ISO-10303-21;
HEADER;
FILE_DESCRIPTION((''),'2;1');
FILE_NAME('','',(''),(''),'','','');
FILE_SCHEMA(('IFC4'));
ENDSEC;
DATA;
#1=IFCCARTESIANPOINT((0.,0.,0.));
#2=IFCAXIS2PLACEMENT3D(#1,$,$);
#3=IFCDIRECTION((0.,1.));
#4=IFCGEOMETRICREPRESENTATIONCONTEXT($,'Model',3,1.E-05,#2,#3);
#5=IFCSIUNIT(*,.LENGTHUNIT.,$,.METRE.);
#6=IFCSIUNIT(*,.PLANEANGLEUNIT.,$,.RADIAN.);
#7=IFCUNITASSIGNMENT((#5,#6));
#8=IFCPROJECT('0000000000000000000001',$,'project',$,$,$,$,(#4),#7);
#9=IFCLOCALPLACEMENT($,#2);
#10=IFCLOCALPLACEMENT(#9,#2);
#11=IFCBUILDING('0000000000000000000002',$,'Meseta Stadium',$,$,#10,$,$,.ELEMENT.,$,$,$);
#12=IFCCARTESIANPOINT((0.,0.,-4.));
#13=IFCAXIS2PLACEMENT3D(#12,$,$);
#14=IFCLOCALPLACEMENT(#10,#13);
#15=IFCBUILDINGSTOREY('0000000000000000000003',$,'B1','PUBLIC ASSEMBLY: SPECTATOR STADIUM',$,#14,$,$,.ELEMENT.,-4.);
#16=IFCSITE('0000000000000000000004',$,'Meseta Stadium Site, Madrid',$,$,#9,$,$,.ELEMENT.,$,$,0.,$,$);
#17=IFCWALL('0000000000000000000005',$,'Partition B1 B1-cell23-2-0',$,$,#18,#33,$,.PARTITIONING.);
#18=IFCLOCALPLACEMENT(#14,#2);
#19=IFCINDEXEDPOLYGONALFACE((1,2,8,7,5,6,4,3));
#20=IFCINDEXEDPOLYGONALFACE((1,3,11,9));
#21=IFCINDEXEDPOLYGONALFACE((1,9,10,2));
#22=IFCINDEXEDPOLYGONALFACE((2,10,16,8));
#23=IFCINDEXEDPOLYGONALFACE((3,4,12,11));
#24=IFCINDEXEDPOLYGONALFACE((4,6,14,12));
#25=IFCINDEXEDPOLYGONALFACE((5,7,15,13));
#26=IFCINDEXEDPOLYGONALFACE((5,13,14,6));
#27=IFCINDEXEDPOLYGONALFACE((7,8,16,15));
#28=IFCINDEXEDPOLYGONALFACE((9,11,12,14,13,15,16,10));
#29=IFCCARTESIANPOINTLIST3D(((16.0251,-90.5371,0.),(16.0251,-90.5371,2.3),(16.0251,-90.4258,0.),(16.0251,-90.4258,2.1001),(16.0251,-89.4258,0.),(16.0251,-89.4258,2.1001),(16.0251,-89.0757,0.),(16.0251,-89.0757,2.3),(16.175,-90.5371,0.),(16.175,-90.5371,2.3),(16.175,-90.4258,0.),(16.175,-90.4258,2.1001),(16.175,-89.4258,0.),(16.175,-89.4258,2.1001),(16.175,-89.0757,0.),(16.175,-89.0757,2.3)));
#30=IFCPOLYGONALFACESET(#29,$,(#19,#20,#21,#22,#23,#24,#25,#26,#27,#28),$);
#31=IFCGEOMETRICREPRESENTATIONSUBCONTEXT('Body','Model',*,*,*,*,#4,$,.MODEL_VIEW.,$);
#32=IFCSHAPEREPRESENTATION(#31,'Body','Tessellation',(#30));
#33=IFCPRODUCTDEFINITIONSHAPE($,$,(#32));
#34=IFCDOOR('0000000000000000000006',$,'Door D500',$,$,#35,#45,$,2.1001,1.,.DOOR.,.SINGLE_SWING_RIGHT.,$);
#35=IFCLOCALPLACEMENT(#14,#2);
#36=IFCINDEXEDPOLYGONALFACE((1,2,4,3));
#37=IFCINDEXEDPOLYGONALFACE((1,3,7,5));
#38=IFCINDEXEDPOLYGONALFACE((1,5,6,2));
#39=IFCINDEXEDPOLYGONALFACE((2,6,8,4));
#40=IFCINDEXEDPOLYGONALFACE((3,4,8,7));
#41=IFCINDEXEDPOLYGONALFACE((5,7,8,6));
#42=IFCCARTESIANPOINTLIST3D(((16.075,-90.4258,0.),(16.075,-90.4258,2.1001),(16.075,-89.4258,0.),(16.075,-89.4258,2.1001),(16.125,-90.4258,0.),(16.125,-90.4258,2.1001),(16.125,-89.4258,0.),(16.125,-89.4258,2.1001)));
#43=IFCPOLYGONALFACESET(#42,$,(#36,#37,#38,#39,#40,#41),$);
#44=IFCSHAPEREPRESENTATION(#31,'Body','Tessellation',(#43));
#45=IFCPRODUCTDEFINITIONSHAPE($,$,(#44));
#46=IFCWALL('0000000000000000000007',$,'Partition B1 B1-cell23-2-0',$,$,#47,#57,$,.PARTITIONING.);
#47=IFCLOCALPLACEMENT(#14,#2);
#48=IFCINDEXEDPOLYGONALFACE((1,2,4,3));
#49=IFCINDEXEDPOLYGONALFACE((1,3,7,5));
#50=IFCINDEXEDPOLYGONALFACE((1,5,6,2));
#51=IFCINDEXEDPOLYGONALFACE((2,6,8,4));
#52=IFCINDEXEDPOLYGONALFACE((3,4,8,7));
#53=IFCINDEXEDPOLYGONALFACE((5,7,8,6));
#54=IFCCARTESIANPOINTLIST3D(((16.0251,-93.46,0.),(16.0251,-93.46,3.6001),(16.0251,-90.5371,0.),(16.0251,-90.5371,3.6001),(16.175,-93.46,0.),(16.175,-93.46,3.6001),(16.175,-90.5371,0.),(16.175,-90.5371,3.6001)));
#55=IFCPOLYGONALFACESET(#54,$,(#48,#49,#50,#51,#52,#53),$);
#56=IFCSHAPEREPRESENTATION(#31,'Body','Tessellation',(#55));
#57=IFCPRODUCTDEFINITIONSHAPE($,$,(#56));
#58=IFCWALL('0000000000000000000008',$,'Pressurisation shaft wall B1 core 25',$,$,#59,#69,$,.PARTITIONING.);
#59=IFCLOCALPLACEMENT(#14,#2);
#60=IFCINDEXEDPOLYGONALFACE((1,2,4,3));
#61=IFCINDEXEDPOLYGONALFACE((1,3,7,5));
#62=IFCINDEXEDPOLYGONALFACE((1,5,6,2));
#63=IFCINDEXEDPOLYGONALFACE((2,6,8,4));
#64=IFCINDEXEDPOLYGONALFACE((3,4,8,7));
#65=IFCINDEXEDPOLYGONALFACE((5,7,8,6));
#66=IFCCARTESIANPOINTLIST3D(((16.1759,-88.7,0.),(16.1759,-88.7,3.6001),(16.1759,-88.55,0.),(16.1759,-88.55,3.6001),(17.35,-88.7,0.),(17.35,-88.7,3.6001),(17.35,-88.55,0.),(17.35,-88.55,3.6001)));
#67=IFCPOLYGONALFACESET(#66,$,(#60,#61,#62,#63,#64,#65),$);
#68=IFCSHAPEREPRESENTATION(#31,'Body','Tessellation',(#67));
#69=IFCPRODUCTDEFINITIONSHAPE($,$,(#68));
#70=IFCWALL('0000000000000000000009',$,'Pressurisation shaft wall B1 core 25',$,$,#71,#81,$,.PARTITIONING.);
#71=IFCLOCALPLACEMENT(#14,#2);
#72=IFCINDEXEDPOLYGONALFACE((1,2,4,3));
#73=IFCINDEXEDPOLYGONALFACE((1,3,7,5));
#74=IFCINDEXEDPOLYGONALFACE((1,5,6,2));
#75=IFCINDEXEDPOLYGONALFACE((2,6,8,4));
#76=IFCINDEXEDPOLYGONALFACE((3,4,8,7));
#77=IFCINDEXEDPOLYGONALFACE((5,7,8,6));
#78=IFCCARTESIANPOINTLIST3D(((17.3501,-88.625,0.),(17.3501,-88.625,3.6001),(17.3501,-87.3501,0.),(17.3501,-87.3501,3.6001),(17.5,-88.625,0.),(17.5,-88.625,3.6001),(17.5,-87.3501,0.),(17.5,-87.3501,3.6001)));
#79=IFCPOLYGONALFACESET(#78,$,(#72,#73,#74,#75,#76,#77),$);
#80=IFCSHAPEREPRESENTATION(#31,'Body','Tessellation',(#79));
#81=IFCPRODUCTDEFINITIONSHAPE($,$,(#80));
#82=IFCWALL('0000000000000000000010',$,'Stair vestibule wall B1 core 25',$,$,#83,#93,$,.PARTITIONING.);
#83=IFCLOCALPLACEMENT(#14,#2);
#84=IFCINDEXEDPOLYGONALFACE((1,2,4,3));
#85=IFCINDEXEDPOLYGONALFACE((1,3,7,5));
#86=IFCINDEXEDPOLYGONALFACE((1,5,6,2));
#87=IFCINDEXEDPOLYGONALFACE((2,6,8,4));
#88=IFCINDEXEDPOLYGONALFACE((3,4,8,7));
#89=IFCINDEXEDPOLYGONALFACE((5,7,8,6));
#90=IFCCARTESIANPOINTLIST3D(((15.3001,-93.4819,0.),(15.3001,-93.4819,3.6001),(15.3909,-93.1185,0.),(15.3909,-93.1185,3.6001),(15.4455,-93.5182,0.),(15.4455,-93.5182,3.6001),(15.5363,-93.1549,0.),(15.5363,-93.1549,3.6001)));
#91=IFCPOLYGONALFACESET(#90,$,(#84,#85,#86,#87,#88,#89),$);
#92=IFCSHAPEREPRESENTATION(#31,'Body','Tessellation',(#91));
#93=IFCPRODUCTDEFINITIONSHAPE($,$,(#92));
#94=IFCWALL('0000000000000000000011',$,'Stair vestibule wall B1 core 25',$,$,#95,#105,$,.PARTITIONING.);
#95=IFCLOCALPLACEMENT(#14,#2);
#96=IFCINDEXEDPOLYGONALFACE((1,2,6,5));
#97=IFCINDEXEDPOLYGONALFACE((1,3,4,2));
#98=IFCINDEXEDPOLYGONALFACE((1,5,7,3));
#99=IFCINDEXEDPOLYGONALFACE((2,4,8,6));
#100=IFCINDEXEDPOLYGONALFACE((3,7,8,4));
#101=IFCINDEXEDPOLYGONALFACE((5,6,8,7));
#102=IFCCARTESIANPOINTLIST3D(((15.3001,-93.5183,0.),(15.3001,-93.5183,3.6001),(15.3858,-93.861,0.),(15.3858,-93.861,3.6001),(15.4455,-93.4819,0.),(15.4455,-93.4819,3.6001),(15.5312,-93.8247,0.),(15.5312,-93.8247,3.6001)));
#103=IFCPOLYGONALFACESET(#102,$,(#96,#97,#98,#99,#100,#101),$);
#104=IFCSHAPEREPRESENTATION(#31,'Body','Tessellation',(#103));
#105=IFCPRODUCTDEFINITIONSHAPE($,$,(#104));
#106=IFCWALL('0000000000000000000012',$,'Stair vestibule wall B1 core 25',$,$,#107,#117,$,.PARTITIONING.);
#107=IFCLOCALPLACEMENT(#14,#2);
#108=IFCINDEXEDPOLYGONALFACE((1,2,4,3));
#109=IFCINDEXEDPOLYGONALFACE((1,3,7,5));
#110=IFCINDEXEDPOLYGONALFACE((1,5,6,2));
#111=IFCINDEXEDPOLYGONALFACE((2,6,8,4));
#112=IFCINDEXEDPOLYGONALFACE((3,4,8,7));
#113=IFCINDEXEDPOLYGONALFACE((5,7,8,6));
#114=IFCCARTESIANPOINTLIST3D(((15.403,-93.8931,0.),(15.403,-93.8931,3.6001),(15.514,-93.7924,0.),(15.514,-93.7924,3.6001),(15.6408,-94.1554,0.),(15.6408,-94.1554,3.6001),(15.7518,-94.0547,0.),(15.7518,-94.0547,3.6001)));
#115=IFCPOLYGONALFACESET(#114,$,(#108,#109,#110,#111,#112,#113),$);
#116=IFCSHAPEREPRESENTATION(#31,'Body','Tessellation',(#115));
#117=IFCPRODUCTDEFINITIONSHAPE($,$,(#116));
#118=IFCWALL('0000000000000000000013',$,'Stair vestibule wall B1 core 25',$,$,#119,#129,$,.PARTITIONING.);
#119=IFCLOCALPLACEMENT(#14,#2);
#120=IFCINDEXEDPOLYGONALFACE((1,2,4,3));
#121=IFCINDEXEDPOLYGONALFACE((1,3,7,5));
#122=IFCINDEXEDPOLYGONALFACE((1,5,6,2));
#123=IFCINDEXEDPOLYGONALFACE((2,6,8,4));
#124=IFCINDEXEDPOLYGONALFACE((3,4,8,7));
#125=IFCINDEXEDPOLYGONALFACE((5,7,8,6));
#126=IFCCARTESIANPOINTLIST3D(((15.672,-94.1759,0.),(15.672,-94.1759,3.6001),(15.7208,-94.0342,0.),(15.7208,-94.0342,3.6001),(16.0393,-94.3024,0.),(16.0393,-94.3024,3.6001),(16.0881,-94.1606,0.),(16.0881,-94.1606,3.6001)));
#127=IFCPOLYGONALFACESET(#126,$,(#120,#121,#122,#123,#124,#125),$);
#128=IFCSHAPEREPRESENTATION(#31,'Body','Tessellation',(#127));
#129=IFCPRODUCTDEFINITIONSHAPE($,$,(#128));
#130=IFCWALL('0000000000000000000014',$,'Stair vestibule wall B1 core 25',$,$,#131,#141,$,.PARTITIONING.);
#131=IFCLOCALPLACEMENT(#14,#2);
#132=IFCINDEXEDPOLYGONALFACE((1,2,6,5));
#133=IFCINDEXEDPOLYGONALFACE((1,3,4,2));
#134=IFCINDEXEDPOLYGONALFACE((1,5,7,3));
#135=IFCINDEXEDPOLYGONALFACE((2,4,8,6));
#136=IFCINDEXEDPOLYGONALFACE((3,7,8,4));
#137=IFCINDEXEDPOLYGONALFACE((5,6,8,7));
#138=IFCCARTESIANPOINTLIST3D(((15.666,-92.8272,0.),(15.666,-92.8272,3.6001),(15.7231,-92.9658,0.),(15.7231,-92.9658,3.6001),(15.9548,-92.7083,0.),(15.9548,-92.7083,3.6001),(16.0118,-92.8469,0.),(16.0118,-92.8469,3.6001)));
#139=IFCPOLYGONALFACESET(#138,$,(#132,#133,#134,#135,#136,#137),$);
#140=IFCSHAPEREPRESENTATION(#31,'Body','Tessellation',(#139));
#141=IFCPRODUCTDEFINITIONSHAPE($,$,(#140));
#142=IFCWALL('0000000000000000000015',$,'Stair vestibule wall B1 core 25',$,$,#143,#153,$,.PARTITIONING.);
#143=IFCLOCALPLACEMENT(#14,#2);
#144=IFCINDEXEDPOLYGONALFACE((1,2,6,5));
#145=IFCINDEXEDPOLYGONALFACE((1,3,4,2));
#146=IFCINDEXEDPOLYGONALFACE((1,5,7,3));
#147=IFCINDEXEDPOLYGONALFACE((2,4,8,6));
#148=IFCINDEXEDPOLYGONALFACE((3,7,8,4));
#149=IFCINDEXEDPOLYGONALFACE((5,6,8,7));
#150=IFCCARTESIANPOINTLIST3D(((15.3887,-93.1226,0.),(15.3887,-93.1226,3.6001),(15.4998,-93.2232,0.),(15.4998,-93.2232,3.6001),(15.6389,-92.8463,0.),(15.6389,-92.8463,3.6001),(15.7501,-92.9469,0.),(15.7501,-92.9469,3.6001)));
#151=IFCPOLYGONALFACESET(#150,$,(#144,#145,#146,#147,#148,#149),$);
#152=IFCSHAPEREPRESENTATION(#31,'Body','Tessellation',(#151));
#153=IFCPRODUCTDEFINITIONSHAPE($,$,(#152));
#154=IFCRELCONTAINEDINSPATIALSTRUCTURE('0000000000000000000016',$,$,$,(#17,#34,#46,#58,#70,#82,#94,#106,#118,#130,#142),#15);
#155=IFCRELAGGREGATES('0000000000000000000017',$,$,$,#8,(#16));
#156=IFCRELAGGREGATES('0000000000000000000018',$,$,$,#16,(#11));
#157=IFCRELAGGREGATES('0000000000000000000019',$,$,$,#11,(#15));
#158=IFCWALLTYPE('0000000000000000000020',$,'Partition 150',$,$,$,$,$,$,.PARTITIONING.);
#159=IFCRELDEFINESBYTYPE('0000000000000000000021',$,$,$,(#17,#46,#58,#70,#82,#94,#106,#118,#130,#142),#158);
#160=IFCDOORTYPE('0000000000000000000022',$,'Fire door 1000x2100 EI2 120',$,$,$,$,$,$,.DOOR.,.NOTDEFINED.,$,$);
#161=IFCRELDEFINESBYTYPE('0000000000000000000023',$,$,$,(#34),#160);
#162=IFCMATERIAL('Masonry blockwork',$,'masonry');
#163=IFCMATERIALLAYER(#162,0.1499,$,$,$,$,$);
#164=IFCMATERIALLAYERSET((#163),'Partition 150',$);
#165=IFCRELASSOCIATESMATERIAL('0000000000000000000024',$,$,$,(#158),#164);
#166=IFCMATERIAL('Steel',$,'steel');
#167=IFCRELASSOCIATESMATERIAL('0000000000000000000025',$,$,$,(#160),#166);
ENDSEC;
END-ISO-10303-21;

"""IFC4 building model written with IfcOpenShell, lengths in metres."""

from ifc_helpers import new_model, si_unit, direction, frame, frame_2d, origin, place, context, subcontext, project, spatial, rectangle, extrude, material, layer, layer_set, type_object, element, fill, save


model = new_model("IFC4")

# Units and contexts
model_context = context("Model", 3, precision=1e-05, world=origin(), true_north=direction((0.0, 1.0)))
body_context = subcontext(model_context, "Body", "Model", "MODEL_VIEW")
ifc_project = project(units=[si_unit("LENGTHUNIT", "METRE"), si_unit("PLANEANGLEUNIT", "RADIAN")], contexts=[model_context])

# Site, building, storey
site_placement = place(None, origin())
site = spatial("IfcSite", under=ifc_project, at=site_placement, Name="Meseta Stadium Site, Madrid", CompositionType="ELEMENT", RefElevation=0.0)
building_placement = place(site_placement, origin())
building = spatial("IfcBuilding", under=site, at=building_placement, Name="Meseta Stadium", CompositionType="ELEMENT")
storey_placement = place(building_placement, frame((0.0, 0.0, -4.0)))
storey = spatial("IfcBuildingStorey", under=building, at=storey_placement, Name="B1", Description="PUBLIC ASSEMBLY: SPECTATOR STADIUM", CompositionType="ELEMENT", Elevation=-4.0)

# Wall, opening, door
ifc_material_1 = material(Name="Masonry blockwork", Category="masonry")
ifc_layer_1 = layer(ifc_material_1, 0.1499)
ifc_layer_set_1 = layer_set([ifc_layer_1], Name="Partition 150")
wall_type_1 = type_object("IfcWallType", Name="Partition 150", PredefinedType="PARTITIONING", material=ifc_layer_set_1)
wall_1_placement = place(storey_placement, frame((16.1001, -89.0757, 0.0), z_axis=(0.0, 0.0, 1.0), x_axis=(0.0, -1.0, 0.0)))
wall_1 = element("IfcWall", 1, at=wall_1_placement, inside=storey, type_object=wall_type_1, Name="Partition B1 B1-cell23-2-0", PredefinedType="PARTITIONING", context=body_context, shape_type="SweptSolid", body=[
    extrude(rectangle(XDim=1.4614, YDim=0.1499, at=frame_2d((0.7307, 0.0))), origin(), (0.0, 0.0, 1.0), 2.3),
])
opening_1_placement = place(wall_1_placement, frame((0.3501, 0.0, 0.0)))
opening_1 = element("IfcOpeningElement", 2, at=opening_1_placement, cuts=wall_1, PredefinedType="OPENING", context=body_context, shape_type="SweptSolid", body=[
    extrude(rectangle(XDim=1.0, YDim=2.1001, at=frame_2d((0.5, 1.05))), frame((0.0, 0.085, 0.0), z_axis=(0.0, -1.0, 0.0), x_axis=(1.0, 0.0, 0.0)), (0.0, 0.0, 1.0), 0.1699),
])
ifc_material_2 = material(Name="Steel", Category="steel")
door_type_1 = type_object("IfcDoorType", Name="Fire door 1000x2100 EI2 120", OperationType="NOTDEFINED", PredefinedType="DOOR", material=ifc_material_2)
door_1_placement = place(opening_1_placement, origin())
door_1 = element("IfcDoor", 3, at=door_1_placement, inside=storey, type_object=door_type_1, Name="Door D500", OperationType="SINGLE_SWING_RIGHT", OverallHeight=2.1001, OverallWidth=1.0, PredefinedType="DOOR", context=body_context, shape_type="SweptSolid", body=[
    extrude(rectangle(XDim=1.0, YDim=2.1001, at=frame_2d((0.5, 1.05))), frame((0.0, 0.0249, 0.0), z_axis=(0.0, -1.0, 0.0), x_axis=(1.0, 0.0, 0.0)), (0.0, 0.0, 1.0), 0.05),
])
fill(opening_1, door_1)

# Walls
wall_2_placement = place(storey_placement, frame((16.1001, -90.5371, 0.0), z_axis=(0.0, 0.0, 1.0), x_axis=(0.0, -1.0, 0.0)))
element("IfcWall", 4, at=wall_2_placement, inside=storey, type_object=wall_type_1, Name="Partition B1 B1-cell23-2-0", PredefinedType="PARTITIONING", context=body_context, shape_type="SweptSolid", body=[
    extrude(rectangle(XDim=2.9229, YDim=0.1499, at=frame_2d((1.4614, 0.0))), origin(), (0.0, 0.0, 1.0), 3.6001),
])
wall_3_placement = place(storey_placement, frame((16.176, -88.625, 0.0), z_axis=(0.0, 0.0, 1.0), x_axis=(1.0, 0.0, 0.0)))
element("IfcWall", 5, at=wall_3_placement, inside=storey, type_object=wall_type_1, Name="Pressurisation shaft wall B1 core 25", PredefinedType="PARTITIONING", context=body_context, shape_type="SweptSolid", body=[
    extrude(rectangle(XDim=1.1741, YDim=0.1499, at=frame_2d((0.5869, 0.0))), origin(), (0.0, 0.0, 1.0), 3.6001),
])
wall_4_placement = place(storey_placement, frame((17.425, -88.625, 0.0), z_axis=(0.0, 0.0, 1.0), x_axis=(0.0, 1.0, 0.0)))
element("IfcWall", 6, at=wall_4_placement, inside=storey, type_object=wall_type_1, Name="Pressurisation shaft wall B1 core 25", PredefinedType="PARTITIONING", context=body_context, shape_type="SweptSolid", body=[
    extrude(rectangle(XDim=1.2749, YDim=0.1499, at=frame_2d((0.6375, 0.0))), origin(), (0.0, 0.0, 1.0), 3.6001),
])
wall_5_placement = place(storey_placement, frame((15.4636, -93.1367, 0.0), z_axis=(0.0, 0.0, 1.0), x_axis=(-0.242536, -0.970143, 0.0)))
element("IfcWall", 7, at=wall_5_placement, inside=storey, type_object=wall_type_1, Name="Stair vestibule wall B1 core 25", PredefinedType="PARTITIONING", context=body_context, shape_type="SweptSolid", body=[
    extrude(rectangle(XDim=0.3745, YDim=0.1499, at=frame_2d((0.1873, 0.0))), origin(), (0.0, 0.0, 1.0), 3.6001),
])
wall_6_placement = place(storey_placement, frame((15.3728, -93.5, 0.0), z_axis=(0.0, 0.0, 1.0), x_axis=(0.242536, -0.970143, 0.0)))
element("IfcWall", 8, at=wall_6_placement, inside=storey, type_object=wall_type_1, Name="Stair vestibule wall B1 core 25", PredefinedType="PARTITIONING", context=body_context, shape_type="SweptSolid", body=[
    extrude(rectangle(XDim=0.3533, YDim=0.1499, at=frame_2d((0.1768, 0.0))), origin(), (0.0, 0.0, 1.0), 3.6001),
])
wall_7_placement = place(storey_placement, frame((15.4585, -93.8428, 0.0), z_axis=(0.0, 0.0, 1.0), x_axis=(0.67178, -0.740751, 0.0)))
element("IfcWall", 9, at=wall_7_placement, inside=storey, type_object=wall_type_1, Name="Stair vestibule wall B1 core 25", PredefinedType="PARTITIONING", context=body_context, shape_type="SweptSolid", body=[
    extrude(rectangle(XDim=0.354, YDim=0.1499, at=frame_2d((0.177, 0.0))), origin(), (0.0, 0.0, 1.0), 3.6001),
])
wall_8_placement = place(storey_placement, frame((15.6963, -94.105, 0.0), z_axis=(0.0, 0.0, 1.0), x_axis=(0.945493, -0.325642, 0.0)))
element("IfcWall", 10, at=wall_8_placement, inside=storey, type_object=wall_type_1, Name="Stair vestibule wall B1 core 25", PredefinedType="PARTITIONING", context=body_context, shape_type="SweptSolid", body=[
    extrude(rectangle(XDim=0.3884, YDim=0.1499, at=frame_2d((0.1943, 0.0))), origin(), (0.0, 0.0, 1.0), 3.6001),
])
wall_9_placement = place(storey_placement, frame((15.9834, -92.7776, 0.0), z_axis=(0.0, 0.0, 1.0), x_axis=(-0.92471, -0.380671, 0.0)))
element("IfcWall", 11, at=wall_9_placement, inside=storey, type_object=wall_type_1, Name="Stair vestibule wall B1 core 25", PredefinedType="PARTITIONING", context=body_context, shape_type="SweptSolid", body=[
    extrude(rectangle(XDim=0.3123, YDim=0.1499, at=frame_2d((0.1562, 0.0))), origin(), (0.0, 0.0, 1.0), 3.6001),
])
wall_10_placement = place(storey_placement, frame((15.6946, -92.8965, 0.0), z_axis=(0.0, 0.0, 1.0), x_axis=(-0.671205, -0.741272, 0.0)))
element("IfcWall", 12, at=wall_10_placement, inside=storey, type_object=wall_type_1, Name="Stair vestibule wall B1 core 25", PredefinedType="PARTITIONING", context=body_context, shape_type="SweptSolid", body=[
    extrude(rectangle(XDim=0.3728, YDim=0.1499, at=frame_2d((0.1865, 0.0))), origin(), (0.0, 0.0, 1.0), 3.6001),
])

save(model, "model.ifc")
